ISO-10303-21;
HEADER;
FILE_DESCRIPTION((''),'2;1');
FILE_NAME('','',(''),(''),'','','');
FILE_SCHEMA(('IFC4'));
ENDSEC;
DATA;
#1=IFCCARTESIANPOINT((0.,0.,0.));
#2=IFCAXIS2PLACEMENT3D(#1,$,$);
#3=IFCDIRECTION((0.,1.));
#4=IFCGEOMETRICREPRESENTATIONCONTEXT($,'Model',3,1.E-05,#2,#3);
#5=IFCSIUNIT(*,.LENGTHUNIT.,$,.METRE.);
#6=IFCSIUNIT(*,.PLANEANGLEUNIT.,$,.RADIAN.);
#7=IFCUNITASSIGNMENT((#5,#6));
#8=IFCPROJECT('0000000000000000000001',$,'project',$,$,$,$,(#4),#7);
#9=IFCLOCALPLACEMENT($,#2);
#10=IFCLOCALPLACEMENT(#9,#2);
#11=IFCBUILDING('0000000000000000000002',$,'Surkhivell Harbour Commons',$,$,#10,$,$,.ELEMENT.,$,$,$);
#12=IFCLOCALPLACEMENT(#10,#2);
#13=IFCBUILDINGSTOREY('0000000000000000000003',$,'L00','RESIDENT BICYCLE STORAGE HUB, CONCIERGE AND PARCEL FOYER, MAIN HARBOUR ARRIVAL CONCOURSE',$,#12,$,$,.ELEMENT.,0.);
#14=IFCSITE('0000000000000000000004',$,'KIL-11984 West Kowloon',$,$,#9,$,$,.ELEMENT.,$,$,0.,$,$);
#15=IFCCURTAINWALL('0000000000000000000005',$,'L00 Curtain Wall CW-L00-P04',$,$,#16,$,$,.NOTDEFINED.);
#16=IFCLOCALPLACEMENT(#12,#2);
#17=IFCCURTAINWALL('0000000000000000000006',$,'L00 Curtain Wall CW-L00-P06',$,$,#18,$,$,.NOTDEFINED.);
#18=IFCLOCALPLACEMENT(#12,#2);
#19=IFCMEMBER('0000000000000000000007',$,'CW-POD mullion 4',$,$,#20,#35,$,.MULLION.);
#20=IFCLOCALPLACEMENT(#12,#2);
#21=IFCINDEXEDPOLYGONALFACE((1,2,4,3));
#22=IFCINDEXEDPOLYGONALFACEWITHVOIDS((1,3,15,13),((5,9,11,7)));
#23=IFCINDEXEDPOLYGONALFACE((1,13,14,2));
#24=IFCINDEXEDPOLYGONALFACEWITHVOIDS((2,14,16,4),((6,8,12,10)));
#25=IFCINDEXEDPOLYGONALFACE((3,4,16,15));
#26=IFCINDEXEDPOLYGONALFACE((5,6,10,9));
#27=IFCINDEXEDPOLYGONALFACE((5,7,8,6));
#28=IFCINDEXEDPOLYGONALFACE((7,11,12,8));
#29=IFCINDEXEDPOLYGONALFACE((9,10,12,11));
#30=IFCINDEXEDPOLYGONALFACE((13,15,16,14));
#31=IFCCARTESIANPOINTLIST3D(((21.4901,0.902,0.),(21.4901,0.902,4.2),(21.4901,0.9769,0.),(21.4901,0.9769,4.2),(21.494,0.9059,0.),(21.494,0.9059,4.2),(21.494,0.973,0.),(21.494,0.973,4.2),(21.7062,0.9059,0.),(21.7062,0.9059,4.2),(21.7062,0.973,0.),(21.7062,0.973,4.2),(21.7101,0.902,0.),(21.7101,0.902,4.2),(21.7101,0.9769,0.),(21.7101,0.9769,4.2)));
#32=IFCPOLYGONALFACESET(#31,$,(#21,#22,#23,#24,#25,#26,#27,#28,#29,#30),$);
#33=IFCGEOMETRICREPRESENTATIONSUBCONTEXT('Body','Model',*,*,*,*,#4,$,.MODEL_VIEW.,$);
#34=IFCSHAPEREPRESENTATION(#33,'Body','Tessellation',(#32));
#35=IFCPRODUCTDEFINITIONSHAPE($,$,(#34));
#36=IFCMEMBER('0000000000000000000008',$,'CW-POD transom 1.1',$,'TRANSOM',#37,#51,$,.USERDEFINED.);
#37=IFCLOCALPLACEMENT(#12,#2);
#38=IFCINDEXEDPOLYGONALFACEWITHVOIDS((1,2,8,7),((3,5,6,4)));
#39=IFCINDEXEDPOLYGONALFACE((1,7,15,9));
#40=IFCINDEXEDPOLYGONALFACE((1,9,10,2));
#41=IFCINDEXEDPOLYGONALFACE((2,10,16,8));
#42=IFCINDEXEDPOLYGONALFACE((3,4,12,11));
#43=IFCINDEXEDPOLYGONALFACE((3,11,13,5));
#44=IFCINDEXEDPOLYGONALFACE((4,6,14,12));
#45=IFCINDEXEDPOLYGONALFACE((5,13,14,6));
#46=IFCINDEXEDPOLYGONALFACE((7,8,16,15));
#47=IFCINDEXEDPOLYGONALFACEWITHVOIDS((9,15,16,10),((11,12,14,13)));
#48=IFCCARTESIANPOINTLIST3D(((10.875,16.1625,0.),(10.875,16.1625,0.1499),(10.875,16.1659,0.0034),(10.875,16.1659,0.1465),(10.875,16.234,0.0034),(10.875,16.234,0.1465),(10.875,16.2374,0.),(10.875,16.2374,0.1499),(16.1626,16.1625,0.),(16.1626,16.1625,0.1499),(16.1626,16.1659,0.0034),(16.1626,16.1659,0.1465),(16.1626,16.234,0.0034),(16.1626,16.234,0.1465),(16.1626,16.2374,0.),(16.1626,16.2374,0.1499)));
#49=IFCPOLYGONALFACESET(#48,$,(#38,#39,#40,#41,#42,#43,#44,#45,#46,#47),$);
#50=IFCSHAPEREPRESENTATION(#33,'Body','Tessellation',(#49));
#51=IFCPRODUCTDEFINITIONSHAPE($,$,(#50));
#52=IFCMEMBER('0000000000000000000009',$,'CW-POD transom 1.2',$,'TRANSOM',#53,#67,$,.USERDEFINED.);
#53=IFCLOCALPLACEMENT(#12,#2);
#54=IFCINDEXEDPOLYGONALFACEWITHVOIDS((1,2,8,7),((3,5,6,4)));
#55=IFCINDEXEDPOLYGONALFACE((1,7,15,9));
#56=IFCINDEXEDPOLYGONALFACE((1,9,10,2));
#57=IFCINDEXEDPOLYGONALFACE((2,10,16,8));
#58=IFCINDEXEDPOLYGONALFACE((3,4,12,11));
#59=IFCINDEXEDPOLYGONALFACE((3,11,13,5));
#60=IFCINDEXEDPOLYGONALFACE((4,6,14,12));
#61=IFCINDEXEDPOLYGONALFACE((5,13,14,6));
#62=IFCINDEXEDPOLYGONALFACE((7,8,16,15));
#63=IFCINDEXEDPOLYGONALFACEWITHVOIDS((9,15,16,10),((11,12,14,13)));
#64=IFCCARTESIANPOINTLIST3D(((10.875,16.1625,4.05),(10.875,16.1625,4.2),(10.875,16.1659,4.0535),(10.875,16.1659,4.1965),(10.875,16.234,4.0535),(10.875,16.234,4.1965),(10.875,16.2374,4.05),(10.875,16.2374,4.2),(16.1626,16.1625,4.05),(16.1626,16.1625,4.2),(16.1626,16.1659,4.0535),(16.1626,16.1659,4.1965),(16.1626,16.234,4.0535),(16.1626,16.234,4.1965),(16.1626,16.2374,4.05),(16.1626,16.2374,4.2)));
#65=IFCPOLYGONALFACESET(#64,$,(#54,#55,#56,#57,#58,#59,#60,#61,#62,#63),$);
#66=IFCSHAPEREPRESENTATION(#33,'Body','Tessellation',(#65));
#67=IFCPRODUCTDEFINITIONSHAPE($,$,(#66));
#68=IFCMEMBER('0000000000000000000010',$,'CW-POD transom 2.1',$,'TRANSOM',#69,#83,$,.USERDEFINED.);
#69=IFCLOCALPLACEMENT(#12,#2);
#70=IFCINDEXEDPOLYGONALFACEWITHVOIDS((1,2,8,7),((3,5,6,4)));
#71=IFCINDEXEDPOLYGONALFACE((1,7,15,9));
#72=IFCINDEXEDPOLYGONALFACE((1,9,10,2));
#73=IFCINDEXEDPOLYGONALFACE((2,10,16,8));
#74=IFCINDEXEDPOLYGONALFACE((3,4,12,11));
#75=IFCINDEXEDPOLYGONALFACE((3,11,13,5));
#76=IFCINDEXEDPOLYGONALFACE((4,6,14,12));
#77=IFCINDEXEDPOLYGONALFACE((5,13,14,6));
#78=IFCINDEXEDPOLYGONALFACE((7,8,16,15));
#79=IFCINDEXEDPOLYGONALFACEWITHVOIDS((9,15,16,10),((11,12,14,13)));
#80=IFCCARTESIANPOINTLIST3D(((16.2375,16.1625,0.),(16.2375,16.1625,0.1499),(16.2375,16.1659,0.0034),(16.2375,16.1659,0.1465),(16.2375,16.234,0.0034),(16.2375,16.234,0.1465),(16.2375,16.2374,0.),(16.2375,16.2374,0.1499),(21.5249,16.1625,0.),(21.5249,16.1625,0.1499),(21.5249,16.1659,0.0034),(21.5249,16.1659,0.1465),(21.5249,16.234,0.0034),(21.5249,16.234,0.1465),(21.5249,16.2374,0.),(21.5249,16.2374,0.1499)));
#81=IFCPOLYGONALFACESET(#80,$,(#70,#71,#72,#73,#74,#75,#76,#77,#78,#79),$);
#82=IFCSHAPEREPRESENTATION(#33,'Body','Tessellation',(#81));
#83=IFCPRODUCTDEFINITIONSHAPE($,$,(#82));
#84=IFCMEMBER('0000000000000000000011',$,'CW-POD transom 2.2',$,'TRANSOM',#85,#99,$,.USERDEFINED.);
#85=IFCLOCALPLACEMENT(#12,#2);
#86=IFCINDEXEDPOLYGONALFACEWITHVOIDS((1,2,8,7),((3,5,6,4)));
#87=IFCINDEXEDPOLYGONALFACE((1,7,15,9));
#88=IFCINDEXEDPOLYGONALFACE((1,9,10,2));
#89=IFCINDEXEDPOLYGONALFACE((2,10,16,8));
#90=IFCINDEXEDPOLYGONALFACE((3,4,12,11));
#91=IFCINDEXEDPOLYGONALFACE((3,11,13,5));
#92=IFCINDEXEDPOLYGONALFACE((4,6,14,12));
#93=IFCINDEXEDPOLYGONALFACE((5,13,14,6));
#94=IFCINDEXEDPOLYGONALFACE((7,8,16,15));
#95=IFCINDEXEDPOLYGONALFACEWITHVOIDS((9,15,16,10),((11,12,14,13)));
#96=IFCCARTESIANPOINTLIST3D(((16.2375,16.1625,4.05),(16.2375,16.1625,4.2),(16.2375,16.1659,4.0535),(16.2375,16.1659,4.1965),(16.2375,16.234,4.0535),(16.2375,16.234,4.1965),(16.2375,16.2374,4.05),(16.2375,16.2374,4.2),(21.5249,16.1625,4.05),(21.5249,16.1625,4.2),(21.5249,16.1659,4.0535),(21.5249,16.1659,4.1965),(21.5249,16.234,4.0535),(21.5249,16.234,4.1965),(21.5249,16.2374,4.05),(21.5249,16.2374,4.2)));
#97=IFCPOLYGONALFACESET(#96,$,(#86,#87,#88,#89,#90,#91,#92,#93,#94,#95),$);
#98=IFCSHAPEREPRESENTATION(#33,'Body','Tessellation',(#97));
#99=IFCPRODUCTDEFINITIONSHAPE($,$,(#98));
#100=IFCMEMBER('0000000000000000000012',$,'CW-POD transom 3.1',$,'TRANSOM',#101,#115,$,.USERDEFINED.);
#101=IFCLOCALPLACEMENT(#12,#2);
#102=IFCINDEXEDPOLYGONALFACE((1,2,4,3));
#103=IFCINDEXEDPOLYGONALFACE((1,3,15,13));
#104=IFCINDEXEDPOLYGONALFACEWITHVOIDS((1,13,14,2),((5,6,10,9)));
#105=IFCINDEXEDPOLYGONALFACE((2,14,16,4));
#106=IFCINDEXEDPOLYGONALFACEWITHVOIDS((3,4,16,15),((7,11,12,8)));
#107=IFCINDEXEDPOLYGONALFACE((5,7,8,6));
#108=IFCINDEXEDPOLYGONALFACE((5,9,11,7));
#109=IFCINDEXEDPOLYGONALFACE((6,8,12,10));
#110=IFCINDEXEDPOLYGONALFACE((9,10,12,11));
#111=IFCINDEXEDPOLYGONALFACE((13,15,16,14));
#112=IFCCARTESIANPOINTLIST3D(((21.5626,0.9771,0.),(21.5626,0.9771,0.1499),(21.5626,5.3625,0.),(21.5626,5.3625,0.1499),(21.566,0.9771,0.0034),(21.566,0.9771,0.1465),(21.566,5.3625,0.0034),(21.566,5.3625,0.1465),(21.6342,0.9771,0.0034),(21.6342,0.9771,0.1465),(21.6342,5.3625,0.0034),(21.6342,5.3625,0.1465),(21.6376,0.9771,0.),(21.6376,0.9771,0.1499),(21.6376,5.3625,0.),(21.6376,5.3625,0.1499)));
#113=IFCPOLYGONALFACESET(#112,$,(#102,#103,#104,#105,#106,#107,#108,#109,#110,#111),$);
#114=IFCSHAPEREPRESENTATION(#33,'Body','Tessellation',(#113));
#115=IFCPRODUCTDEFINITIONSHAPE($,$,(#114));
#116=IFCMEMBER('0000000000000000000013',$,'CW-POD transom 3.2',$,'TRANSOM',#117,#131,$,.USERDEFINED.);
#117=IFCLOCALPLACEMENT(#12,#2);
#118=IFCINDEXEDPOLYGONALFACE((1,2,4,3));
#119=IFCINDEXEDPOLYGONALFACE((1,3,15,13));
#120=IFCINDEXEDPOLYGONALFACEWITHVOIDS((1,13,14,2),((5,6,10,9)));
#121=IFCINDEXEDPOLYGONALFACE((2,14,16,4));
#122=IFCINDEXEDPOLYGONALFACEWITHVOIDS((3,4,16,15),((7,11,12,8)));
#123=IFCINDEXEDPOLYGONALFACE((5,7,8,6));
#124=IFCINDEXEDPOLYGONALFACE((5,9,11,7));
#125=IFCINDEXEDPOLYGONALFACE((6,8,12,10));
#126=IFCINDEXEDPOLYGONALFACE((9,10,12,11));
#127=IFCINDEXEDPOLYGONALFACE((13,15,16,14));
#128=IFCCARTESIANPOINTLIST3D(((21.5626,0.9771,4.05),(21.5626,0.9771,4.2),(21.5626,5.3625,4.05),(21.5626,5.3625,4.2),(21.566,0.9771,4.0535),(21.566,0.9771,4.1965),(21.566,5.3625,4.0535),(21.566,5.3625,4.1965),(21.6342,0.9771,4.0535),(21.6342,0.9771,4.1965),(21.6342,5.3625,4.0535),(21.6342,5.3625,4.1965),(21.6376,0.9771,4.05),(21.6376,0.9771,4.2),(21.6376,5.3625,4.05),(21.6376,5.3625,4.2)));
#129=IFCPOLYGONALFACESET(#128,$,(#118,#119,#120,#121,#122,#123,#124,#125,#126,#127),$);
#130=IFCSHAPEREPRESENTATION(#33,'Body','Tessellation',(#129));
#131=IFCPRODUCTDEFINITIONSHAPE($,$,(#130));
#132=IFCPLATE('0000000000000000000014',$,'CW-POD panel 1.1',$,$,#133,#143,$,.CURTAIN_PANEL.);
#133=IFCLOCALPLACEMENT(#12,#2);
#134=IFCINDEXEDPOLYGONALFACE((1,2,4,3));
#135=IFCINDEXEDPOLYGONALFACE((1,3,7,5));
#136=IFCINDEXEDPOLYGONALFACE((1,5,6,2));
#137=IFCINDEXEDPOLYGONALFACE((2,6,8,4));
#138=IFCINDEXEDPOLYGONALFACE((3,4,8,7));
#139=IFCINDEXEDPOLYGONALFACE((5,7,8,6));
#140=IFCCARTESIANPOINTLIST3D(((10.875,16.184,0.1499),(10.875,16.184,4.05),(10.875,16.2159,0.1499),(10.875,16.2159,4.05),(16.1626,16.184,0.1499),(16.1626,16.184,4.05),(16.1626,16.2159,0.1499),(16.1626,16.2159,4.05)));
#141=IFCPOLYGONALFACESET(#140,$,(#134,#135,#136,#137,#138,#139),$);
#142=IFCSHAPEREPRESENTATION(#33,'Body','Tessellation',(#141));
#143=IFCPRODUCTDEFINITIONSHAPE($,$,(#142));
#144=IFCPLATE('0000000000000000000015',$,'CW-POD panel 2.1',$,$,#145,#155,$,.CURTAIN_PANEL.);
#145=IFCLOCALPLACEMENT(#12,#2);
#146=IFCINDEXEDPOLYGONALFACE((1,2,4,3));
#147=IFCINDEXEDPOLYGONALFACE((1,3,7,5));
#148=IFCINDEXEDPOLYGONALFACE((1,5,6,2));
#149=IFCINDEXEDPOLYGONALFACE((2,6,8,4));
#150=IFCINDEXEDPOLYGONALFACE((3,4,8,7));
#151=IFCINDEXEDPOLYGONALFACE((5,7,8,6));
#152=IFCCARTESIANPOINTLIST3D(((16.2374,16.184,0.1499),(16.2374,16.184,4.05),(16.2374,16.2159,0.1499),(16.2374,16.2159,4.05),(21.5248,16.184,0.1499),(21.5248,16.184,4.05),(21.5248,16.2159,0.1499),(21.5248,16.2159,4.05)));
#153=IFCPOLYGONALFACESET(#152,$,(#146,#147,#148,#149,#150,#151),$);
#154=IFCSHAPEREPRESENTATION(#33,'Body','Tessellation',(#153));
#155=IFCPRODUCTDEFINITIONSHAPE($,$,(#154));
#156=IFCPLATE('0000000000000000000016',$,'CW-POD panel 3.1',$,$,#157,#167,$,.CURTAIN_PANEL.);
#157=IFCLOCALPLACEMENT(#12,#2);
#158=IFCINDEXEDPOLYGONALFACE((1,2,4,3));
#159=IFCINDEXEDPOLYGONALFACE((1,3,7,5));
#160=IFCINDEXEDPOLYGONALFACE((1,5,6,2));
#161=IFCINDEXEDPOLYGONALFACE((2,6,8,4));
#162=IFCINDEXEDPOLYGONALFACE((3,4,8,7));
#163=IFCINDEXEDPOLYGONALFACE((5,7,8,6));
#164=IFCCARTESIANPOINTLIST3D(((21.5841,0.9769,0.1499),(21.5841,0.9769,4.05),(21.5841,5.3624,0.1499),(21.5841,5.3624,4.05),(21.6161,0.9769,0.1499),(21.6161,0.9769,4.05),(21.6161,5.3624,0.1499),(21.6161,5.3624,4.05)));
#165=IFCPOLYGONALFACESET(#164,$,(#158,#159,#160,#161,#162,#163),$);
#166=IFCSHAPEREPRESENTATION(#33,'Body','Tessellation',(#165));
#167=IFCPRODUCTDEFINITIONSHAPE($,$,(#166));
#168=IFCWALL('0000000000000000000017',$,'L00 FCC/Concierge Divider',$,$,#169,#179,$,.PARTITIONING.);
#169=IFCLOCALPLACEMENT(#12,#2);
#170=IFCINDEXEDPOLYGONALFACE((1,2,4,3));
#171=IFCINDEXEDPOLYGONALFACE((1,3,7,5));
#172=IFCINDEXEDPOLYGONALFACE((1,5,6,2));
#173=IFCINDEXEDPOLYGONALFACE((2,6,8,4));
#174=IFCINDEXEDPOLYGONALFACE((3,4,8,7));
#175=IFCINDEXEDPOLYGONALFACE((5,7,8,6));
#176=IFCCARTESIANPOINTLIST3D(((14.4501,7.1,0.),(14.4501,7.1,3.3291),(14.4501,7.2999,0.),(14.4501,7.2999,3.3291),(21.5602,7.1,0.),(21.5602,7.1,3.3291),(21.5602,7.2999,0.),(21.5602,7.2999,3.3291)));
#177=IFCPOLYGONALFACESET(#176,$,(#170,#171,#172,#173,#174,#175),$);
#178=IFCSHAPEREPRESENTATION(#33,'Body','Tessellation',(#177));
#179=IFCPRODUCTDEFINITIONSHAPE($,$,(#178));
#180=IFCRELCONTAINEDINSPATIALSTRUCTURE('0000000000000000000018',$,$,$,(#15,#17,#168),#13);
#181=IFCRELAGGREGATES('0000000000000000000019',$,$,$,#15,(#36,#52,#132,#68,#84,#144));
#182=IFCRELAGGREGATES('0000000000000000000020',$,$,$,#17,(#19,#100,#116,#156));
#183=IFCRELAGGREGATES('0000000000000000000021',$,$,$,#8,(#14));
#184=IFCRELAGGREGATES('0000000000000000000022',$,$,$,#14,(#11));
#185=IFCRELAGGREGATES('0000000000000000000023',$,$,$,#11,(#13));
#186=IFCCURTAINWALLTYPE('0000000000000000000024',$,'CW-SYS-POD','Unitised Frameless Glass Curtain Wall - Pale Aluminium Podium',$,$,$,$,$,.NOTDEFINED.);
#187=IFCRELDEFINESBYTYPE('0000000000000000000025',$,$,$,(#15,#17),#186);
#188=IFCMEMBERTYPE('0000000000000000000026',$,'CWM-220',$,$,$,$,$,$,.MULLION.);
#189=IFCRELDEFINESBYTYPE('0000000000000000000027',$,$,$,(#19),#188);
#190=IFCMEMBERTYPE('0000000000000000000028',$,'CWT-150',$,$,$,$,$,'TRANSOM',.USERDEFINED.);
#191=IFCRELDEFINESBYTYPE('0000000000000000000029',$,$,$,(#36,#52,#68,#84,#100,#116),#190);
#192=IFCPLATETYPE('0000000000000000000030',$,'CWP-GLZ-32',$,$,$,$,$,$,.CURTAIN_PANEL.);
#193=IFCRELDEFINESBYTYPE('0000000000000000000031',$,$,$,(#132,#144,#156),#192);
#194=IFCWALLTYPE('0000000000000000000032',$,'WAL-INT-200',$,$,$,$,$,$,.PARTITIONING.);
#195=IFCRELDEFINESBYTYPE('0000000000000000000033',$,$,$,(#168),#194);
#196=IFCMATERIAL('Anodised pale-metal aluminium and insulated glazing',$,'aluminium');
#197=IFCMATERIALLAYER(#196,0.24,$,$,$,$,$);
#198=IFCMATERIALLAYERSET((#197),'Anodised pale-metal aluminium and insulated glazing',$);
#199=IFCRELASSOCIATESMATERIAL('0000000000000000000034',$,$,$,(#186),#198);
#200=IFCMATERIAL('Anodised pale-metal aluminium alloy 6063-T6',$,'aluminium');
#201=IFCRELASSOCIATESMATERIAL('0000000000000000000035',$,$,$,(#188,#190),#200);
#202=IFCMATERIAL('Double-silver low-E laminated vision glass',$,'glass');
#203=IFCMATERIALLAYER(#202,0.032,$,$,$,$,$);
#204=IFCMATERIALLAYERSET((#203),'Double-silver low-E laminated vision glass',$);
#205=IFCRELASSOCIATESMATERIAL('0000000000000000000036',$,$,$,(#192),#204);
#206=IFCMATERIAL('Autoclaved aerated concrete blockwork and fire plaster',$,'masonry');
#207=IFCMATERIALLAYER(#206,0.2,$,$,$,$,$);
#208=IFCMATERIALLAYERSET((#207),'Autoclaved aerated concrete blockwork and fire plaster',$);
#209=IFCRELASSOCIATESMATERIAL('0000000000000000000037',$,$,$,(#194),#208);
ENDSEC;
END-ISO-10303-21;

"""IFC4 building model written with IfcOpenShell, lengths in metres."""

from ifc_helpers import new_model, si_unit, direction, frame, frame_2d, origin, origin_2d, place, context, subcontext, project, spatial, rectangle, hollow_rectangle, extrude, material, layer, layer_set, material_profile, profile_set, type_object, element, aggregate, save


model = new_model("IFC4")

# Units and contexts
model_context = context("Model", 3, precision=1e-05, world=origin(), true_north=direction((0.0, 1.0)))
body_context = subcontext(model_context, "Body", "Model", "MODEL_VIEW")
ifc_project = project(units=[si_unit("LENGTHUNIT", "METRE"), si_unit("PLANEANGLEUNIT", "RADIAN")], contexts=[model_context])

# Site, building, storey
site_placement = place(None, origin())
site = spatial("IfcSite", under=ifc_project, at=site_placement, Name="KIL-11984 West Kowloon", CompositionType="ELEMENT", RefElevation=0.0)
building_placement = place(site_placement, origin())
building = spatial("IfcBuilding", under=site, at=building_placement, Name="Surkhivell Harbour Commons", CompositionType="ELEMENT")
storey_placement = place(building_placement, origin())
storey = spatial("IfcBuildingStorey", under=building, at=storey_placement, Name="L00", Description="RESIDENT BICYCLE STORAGE HUB, CONCIERGE AND PARCEL FOYER, MAIN HARBOUR ARRIVAL CONCOURSE", CompositionType="ELEMENT", Elevation=0.0)

# Curtain walls, member
ifc_material_1 = material(Name="Anodised pale-metal aluminium and insulated glazing", Category="aluminium")
ifc_layer_1 = layer(ifc_material_1, 0.24)
ifc_layer_set_1 = layer_set([ifc_layer_1], Name="Anodised pale-metal aluminium and insulated glazing")
curtain_wall_type = type_object("IfcCurtainWallType", Name="CW-SYS-POD", Description="Unitised Frameless Glass Curtain Wall - Pale Aluminium Podium", PredefinedType="NOTDEFINED", material=ifc_layer_set_1)
curtain_wall_1_placement = place(storey_placement, origin())
curtain_wall_1 = element("IfcCurtainWall", 1, at=curtain_wall_1_placement, inside=storey, type_object=curtain_wall_type, Name="L00 Curtain Wall CW-L00-P04", PredefinedType="NOTDEFINED")
ifc_material_2 = material(Name="Anodised pale-metal aluminium alloy 6063-T6", Category="aluminium")
ifc_material_profile_1 = material_profile(ifc_material_2, hollow_rectangle(XDim=0.075, YDim=0.22, WallThickness=0.0039, at=origin_2d()), Name="ALU-MULL-75x220")
ifc_profile_set_1 = profile_set([ifc_material_profile_1], Name="Anodised pale-metal aluminium alloy 6063-T6")
member_type_1 = type_object("IfcMemberType", Name="CWM-220", PredefinedType="MULLION", material=ifc_profile_set_1)
curtain_wall_2_placement = place(storey_placement, origin())
curtain_wall_2 = element("IfcCurtainWall", 2, at=curtain_wall_2_placement, inside=storey, type_object=curtain_wall_type, Name="L00 Curtain Wall CW-L00-P06", PredefinedType="NOTDEFINED")
member_1_placement = place(storey_placement, frame((21.6001, 0.9395, 0.0), z_axis=(0.0, 0.0, 1.0), x_axis=(0.0, -1.0, 0.0)))
member_1 = element("IfcMember", 3, at=member_1_placement, type_object=member_type_1, Name="CW-POD mullion 4", PredefinedType="MULLION", context=body_context, shape_type="SweptSolid", body=[
    extrude(hollow_rectangle(XDim=0.075, YDim=0.22, WallThickness=0.0039, at=origin_2d()), origin(), (0.0, 0.0, 1.0), 4.2),
])

# Members
ifc_material_profile_2 = material_profile(ifc_material_2, hollow_rectangle(XDim=0.075, YDim=0.1499, WallThickness=0.0034, at=origin_2d()), Name="ALU-TRAN-75x150")
ifc_profile_set_2 = profile_set([ifc_material_profile_2], Name="Anodised pale-metal aluminium alloy 6063-T6")
member_type_2 = type_object("IfcMemberType", Name="CWT-150", ElementType="TRANSOM", PredefinedType="USERDEFINED", material=ifc_profile_set_2)
member_2_placement = place(storey_placement, frame((10.875, 16.2, 0.075), z_axis=(1.0, 0.0, 0.0), x_axis=(0.0, 1.0, 0.0)))
member_2 = element("IfcMember", 4, at=member_2_placement, type_object=member_type_2, Name="CW-POD transom 1.1", ObjectType="TRANSOM", PredefinedType="USERDEFINED", context=body_context, shape_type="SweptSolid", body=[
    extrude(hollow_rectangle(XDim=0.075, YDim=0.1499, WallThickness=0.0034, at=origin_2d()), origin(), (0.0, 0.0, 1.0), 5.2876),
])
member_3_placement = place(storey_placement, frame((10.875, 16.2, 4.125), z_axis=(1.0, 0.0, 0.0), x_axis=(0.0, 1.0, 0.0)))
member_3 = element("IfcMember", 5, at=member_3_placement, type_object=member_type_2, Name="CW-POD transom 1.2", ObjectType="TRANSOM", PredefinedType="USERDEFINED", context=body_context, shape_type="SweptSolid", body=[
    extrude(hollow_rectangle(XDim=0.075, YDim=0.1499, WallThickness=0.0034, at=origin_2d()), origin(), (0.0, 0.0, 1.0), 5.2876),
])
member_4_placement = place(storey_placement, frame((16.2375, 16.2, 0.075), z_axis=(1.0, 0.0, 0.0), x_axis=(0.0, 1.0, 0.0)))
member_4 = element("IfcMember", 6, at=member_4_placement, type_object=member_type_2, Name="CW-POD transom 2.1", ObjectType="TRANSOM", PredefinedType="USERDEFINED", context=body_context, shape_type="SweptSolid", body=[
    extrude(hollow_rectangle(XDim=0.075, YDim=0.1499, WallThickness=0.0034, at=origin_2d()), origin(), (0.0, 0.0, 1.0), 5.2874),
])
member_5_placement = place(storey_placement, frame((16.2375, 16.2, 4.125), z_axis=(1.0, 0.0, 0.0), x_axis=(0.0, 1.0, 0.0)))
member_5 = element("IfcMember", 7, at=member_5_placement, type_object=member_type_2, Name="CW-POD transom 2.2", ObjectType="TRANSOM", PredefinedType="USERDEFINED", context=body_context, shape_type="SweptSolid", body=[
    extrude(hollow_rectangle(XDim=0.075, YDim=0.1499, WallThickness=0.0034, at=origin_2d()), origin(), (0.0, 0.0, 1.0), 5.2874),
])
member_6_placement = place(storey_placement, frame((21.6001, 5.3625, 0.075), z_axis=(0.0, -1.0, 0.0), x_axis=(1.0, 0.0, 0.0)))
member_6 = element("IfcMember", 8, at=member_6_placement, type_object=member_type_2, Name="CW-POD transom 3.1", ObjectType="TRANSOM", PredefinedType="USERDEFINED", context=body_context, shape_type="SweptSolid", body=[
    extrude(hollow_rectangle(XDim=0.075, YDim=0.1499, WallThickness=0.0034, at=origin_2d()), origin(), (0.0, 0.0, 1.0), 4.3855),
])
member_7_placement = place(storey_placement, frame((21.6001, 5.3625, 4.125), z_axis=(0.0, -1.0, 0.0), x_axis=(1.0, 0.0, 0.0)))
member_7 = element("IfcMember", 9, at=member_7_placement, type_object=member_type_2, Name="CW-POD transom 3.2", ObjectType="TRANSOM", PredefinedType="USERDEFINED", context=body_context, shape_type="SweptSolid", body=[
    extrude(hollow_rectangle(XDim=0.075, YDim=0.1499, WallThickness=0.0034, at=origin_2d()), origin(), (0.0, 0.0, 1.0), 4.3855),
])

# Plates
ifc_material_3 = material(Name="Double-silver low-E laminated vision glass", Category="glass")
ifc_layer_2 = layer(ifc_material_3, 0.032)
ifc_layer_set_2 = layer_set([ifc_layer_2], Name="Double-silver low-E laminated vision glass")
plate_type = type_object("IfcPlateType", Name="CWP-GLZ-32", PredefinedType="CURTAIN_PANEL", material=ifc_layer_set_2)
plate_1_placement = place(storey_placement, frame((10.875, 16.2, 0.1499), z_axis=(0.0, 0.0, 1.0), x_axis=(1.0, 0.0, 0.0)))
plate_1 = element("IfcPlate", 10, at=plate_1_placement, type_object=plate_type, Name="CW-POD panel 1.1", PredefinedType="CURTAIN_PANEL", context=body_context, shape_type="SweptSolid", body=[
    extrude(rectangle(XDim=5.2876, YDim=0.032, at=frame_2d((2.6438, 0.0))), origin(), (0.0, 0.0, 1.0), 3.9001),
])
plate_2_placement = place(storey_placement, frame((16.2375, 16.2, 0.1499), z_axis=(0.0, 0.0, 1.0), x_axis=(1.0, 0.0, 0.0)))
plate_2 = element("IfcPlate", 11, at=plate_2_placement, type_object=plate_type, Name="CW-POD panel 2.1", PredefinedType="CURTAIN_PANEL", context=body_context, shape_type="SweptSolid", body=[
    extrude(rectangle(XDim=5.2874, YDim=0.032, at=frame_2d((2.6436, 0.0))), origin(), (0.0, 0.0, 1.0), 3.9001),
])
aggregate(curtain_wall_1, [member_2, member_3, plate_1, member_4, member_5, plate_2])
plate_3_placement = place(storey_placement, frame((21.6001, 5.3625, 0.1499), z_axis=(0.0, 0.0, 1.0), x_axis=(0.0, -1.0, 0.0)))
plate_3 = element("IfcPlate", 12, at=plate_3_placement, type_object=plate_type, Name="CW-POD panel 3.1", PredefinedType="CURTAIN_PANEL", context=body_context, shape_type="SweptSolid", body=[
    extrude(rectangle(XDim=4.3855, YDim=0.032, at=frame_2d((2.1929, 0.0))), origin(), (0.0, 0.0, 1.0), 3.9001),
])
aggregate(curtain_wall_2, [member_1, member_6, member_7, plate_3])

# Wall
ifc_material_4 = material(Name="Autoclaved aerated concrete blockwork and fire plaster", Category="masonry")
ifc_layer_3 = layer(ifc_material_4, 0.2)
ifc_layer_set_3 = layer_set([ifc_layer_3], Name="Autoclaved aerated concrete blockwork and fire plaster")
wall_type = type_object("IfcWallType", Name="WAL-INT-200", PredefinedType="PARTITIONING", material=ifc_layer_set_3)
wall_1_placement = place(storey_placement, frame((14.45, 7.2, 0.0), z_axis=(0.0, 0.0, 1.0), x_axis=(1.0, 0.0, 0.0)))
element("IfcWall", 13, at=wall_1_placement, inside=storey, type_object=wall_type, Name="L00 FCC/Concierge Divider", PredefinedType="PARTITIONING", context=body_context, shape_type="SweptSolid", body=[
    extrude(rectangle(XDim=7.1101, YDim=0.2, at=frame_2d((3.5552, 0.0))), origin(), (0.0, 0.0, 1.0), 3.3291),
])

save(model, "model.ifc")
